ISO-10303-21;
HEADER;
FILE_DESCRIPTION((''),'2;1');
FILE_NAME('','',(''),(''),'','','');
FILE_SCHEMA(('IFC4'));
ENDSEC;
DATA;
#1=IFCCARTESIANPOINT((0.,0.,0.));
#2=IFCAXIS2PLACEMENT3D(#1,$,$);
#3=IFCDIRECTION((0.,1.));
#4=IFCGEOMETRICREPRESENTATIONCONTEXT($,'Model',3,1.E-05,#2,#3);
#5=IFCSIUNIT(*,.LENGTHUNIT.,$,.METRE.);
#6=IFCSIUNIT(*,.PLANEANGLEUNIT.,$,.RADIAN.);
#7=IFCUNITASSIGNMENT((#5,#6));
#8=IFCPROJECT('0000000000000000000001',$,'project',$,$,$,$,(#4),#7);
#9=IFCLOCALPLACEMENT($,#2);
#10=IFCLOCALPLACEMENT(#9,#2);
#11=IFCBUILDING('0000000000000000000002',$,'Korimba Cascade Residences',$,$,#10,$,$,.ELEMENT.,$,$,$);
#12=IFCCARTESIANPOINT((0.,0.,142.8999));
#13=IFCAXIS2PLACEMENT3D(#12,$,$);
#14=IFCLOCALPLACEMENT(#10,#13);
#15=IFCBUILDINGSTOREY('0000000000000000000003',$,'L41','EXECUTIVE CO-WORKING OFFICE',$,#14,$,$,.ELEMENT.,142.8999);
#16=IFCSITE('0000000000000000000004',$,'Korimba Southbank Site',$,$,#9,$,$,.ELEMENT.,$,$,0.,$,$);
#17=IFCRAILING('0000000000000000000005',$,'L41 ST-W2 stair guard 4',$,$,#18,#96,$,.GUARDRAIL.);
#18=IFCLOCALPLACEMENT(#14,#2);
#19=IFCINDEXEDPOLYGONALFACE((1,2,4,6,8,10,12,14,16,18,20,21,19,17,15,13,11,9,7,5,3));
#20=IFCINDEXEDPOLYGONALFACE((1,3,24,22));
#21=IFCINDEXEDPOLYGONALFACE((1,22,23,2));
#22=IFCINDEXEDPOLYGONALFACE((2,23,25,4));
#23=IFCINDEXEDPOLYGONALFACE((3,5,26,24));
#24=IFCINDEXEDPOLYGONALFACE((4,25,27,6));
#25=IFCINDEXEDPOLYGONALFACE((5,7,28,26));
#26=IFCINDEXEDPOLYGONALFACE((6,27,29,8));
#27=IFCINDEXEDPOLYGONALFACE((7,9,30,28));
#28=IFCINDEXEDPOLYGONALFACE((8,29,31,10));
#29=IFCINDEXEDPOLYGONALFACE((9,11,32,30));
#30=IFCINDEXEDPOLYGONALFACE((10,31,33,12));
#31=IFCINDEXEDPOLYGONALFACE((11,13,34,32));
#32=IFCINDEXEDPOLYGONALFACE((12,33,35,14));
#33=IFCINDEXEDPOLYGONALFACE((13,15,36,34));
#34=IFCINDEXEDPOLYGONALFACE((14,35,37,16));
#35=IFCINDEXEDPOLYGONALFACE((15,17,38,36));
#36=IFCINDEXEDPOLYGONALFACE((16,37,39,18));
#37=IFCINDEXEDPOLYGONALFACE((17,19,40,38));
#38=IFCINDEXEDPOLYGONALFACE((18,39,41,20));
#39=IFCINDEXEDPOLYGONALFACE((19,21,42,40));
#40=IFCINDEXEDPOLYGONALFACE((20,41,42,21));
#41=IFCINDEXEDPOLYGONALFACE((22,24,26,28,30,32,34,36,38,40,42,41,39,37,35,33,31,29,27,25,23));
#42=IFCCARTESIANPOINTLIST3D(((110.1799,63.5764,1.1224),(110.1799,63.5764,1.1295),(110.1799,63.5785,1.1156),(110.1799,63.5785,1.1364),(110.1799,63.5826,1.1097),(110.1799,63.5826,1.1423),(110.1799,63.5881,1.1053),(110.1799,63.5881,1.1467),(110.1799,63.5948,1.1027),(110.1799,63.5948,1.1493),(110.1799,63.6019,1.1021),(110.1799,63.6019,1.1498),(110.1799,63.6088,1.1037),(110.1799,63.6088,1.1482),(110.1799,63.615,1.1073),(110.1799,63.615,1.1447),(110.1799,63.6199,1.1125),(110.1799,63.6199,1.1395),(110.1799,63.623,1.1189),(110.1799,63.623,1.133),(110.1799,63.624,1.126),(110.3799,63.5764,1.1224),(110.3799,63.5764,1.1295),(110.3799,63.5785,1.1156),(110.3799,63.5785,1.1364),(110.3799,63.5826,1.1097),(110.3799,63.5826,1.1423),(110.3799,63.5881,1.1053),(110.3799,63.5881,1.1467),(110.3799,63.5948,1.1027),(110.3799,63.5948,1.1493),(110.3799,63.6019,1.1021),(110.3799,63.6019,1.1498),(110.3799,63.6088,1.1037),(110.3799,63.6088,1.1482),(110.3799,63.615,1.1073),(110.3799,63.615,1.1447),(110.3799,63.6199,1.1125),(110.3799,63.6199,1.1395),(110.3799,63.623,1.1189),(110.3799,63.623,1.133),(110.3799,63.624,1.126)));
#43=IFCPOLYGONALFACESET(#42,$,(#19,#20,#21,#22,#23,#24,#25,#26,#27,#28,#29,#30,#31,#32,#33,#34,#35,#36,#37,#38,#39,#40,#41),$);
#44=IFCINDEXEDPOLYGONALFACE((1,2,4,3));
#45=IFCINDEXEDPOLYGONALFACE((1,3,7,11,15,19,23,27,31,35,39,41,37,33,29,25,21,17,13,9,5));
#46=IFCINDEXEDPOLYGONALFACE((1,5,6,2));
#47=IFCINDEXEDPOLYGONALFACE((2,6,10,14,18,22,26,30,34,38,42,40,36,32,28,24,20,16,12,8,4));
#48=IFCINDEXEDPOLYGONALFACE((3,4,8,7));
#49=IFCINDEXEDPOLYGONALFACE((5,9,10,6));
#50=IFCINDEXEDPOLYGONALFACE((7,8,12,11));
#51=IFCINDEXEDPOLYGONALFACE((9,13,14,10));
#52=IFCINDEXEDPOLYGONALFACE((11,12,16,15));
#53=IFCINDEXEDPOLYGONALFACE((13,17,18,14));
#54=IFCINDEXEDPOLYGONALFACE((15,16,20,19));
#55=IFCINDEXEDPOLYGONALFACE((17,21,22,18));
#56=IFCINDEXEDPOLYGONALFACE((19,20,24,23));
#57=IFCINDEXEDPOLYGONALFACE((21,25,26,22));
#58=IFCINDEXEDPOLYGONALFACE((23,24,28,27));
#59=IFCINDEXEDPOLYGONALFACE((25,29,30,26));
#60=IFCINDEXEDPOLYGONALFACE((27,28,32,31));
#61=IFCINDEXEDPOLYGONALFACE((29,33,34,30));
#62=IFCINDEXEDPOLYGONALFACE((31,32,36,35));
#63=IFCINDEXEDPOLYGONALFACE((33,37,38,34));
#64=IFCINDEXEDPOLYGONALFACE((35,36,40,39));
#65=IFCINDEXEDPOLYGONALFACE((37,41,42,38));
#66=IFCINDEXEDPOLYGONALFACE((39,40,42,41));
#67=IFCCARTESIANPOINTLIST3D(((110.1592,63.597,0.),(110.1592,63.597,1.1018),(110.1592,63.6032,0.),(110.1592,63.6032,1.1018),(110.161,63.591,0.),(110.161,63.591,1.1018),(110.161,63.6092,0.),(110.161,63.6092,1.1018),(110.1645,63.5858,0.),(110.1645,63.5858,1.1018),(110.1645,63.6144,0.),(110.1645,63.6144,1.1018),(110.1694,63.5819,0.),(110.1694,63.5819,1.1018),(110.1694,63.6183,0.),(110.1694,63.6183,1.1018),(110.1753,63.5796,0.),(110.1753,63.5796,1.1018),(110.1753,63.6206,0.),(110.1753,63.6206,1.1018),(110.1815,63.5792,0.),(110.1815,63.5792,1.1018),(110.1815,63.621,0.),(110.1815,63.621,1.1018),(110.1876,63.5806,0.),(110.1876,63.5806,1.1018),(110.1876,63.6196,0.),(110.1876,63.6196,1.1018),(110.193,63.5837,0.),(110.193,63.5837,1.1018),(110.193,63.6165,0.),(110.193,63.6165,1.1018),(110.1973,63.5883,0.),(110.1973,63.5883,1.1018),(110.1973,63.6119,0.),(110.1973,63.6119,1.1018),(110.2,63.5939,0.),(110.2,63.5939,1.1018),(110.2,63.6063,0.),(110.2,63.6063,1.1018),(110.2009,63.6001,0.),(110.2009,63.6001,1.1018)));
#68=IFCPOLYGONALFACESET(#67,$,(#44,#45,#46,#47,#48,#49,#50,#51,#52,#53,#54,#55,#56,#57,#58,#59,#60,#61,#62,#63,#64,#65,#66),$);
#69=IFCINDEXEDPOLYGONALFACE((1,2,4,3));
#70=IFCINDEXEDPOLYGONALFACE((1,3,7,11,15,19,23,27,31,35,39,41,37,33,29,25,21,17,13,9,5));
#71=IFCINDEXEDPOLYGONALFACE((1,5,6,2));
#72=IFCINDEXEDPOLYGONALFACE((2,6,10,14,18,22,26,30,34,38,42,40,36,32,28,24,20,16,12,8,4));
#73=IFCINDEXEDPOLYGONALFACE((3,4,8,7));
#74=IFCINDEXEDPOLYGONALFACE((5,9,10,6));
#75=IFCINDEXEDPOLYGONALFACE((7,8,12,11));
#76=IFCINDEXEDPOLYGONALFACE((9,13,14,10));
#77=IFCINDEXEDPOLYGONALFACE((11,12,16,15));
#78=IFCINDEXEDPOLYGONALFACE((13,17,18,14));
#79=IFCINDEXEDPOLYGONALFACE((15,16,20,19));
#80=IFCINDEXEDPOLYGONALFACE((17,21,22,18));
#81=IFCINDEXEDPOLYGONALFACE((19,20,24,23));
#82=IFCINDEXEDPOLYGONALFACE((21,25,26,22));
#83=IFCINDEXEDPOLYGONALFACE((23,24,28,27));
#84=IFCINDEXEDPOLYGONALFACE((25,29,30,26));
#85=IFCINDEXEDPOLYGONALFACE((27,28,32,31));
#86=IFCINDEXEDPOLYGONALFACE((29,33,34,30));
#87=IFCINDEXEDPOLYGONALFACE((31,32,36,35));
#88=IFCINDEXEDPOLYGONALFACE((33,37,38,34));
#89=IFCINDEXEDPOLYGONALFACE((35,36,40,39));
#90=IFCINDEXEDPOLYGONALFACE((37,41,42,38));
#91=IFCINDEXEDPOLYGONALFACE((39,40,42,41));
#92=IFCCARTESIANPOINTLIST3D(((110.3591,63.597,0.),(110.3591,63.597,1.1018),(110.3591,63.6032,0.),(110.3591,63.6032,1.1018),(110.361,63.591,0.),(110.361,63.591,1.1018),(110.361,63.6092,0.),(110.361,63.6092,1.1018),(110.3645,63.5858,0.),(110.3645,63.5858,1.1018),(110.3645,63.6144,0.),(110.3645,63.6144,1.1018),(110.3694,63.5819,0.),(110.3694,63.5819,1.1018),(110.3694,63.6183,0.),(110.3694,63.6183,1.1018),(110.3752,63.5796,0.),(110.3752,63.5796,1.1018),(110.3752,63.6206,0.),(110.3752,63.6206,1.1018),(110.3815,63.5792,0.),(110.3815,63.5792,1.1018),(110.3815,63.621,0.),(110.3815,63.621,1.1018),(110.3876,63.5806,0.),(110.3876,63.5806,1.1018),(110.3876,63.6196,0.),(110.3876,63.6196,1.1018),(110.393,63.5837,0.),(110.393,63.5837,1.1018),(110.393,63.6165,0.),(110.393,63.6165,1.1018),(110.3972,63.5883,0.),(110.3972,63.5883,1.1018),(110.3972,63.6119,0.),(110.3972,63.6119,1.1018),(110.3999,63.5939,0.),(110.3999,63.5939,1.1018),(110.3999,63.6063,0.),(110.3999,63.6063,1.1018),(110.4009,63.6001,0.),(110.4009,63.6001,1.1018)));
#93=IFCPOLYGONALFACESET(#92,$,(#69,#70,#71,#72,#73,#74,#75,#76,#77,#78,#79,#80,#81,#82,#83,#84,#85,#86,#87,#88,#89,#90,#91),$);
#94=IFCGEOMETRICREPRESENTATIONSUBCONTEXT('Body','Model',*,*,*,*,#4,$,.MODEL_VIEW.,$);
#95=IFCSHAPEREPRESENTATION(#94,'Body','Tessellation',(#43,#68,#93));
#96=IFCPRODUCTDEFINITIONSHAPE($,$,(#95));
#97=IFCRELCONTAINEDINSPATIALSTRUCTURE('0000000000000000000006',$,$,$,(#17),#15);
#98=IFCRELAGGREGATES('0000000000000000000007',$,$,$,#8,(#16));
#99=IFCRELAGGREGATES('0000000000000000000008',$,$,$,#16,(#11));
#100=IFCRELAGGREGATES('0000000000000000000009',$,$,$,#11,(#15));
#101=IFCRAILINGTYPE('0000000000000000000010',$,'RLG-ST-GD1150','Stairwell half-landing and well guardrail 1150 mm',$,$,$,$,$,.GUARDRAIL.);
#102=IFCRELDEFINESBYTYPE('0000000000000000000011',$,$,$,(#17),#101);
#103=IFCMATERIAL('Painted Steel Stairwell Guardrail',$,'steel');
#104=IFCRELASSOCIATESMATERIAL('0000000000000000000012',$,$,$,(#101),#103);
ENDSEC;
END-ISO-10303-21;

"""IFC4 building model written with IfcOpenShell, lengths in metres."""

from ifc_helpers import new_model, si_unit, direction, frame, origin, origin_2d, place, context, subcontext, project, spatial, circle, extrude, material, type_object, element, save


model = new_model("IFC4")

# Units and contexts
model_context = context("Model", 3, precision=1e-05, world=origin(), true_north=direction((0.0, 1.0)))
body_context = subcontext(model_context, "Body", "Model", "MODEL_VIEW")
ifc_project = project(units=[si_unit("LENGTHUNIT", "METRE"), si_unit("PLANEANGLEUNIT", "RADIAN")], contexts=[model_context])

# Site, building, storey
site_placement = place(None, origin())
site = spatial("IfcSite", under=ifc_project, at=site_placement, Name="Korimba Southbank Site", CompositionType="ELEMENT", RefElevation=0.0)
building_placement = place(site_placement, origin())
building = spatial("IfcBuilding", under=site, at=building_placement, Name="Korimba Cascade Residences", CompositionType="ELEMENT")
storey_placement = place(building_placement, frame((0.0, 0.0, 142.8999)))
storey = spatial("IfcBuildingStorey", under=building, at=storey_placement, Name="L41", Description="EXECUTIVE CO-WORKING OFFICE", CompositionType="ELEMENT", Elevation=142.8999)

# Railing
ifc_material_1 = material(Name="Painted Steel Stairwell Guardrail", Category="steel")
railing_type_1 = type_object("IfcRailingType", Name="RLG-ST-GD1150", Description="Stairwell half-landing and well guardrail 1150 mm", PredefinedType="GUARDRAIL", material=ifc_material_1)
railing_1_placement = place(storey_placement, frame((110.1799, 63.6001, 0.0)))
element("IfcRailing", 1, at=railing_1_placement, inside=storey, type_object=railing_type_1, Name="L41 ST-W2 stair guard 4", PredefinedType="GUARDRAIL", context=body_context, shape_type="SweptSolid", body=[
    extrude(circle(Radius=0.0239, at=origin_2d()), frame((0.0, 0.0, 1.126), z_axis=(1.0, 0.0, 0.0), x_axis=(0.0, 1.0, 0.0)), (0.0, 0.0, 1.0), 0.2),
    extrude(circle(Radius=0.021, at=origin_2d()), origin(), (0.0, 0.0, 1.0), 1.1018),
    extrude(circle(Radius=0.021, at=origin_2d()), frame((0.2, 0.0, 0.0)), (0.0, 0.0, 1.0), 1.1018),
])

save(model, "model.ifc")
